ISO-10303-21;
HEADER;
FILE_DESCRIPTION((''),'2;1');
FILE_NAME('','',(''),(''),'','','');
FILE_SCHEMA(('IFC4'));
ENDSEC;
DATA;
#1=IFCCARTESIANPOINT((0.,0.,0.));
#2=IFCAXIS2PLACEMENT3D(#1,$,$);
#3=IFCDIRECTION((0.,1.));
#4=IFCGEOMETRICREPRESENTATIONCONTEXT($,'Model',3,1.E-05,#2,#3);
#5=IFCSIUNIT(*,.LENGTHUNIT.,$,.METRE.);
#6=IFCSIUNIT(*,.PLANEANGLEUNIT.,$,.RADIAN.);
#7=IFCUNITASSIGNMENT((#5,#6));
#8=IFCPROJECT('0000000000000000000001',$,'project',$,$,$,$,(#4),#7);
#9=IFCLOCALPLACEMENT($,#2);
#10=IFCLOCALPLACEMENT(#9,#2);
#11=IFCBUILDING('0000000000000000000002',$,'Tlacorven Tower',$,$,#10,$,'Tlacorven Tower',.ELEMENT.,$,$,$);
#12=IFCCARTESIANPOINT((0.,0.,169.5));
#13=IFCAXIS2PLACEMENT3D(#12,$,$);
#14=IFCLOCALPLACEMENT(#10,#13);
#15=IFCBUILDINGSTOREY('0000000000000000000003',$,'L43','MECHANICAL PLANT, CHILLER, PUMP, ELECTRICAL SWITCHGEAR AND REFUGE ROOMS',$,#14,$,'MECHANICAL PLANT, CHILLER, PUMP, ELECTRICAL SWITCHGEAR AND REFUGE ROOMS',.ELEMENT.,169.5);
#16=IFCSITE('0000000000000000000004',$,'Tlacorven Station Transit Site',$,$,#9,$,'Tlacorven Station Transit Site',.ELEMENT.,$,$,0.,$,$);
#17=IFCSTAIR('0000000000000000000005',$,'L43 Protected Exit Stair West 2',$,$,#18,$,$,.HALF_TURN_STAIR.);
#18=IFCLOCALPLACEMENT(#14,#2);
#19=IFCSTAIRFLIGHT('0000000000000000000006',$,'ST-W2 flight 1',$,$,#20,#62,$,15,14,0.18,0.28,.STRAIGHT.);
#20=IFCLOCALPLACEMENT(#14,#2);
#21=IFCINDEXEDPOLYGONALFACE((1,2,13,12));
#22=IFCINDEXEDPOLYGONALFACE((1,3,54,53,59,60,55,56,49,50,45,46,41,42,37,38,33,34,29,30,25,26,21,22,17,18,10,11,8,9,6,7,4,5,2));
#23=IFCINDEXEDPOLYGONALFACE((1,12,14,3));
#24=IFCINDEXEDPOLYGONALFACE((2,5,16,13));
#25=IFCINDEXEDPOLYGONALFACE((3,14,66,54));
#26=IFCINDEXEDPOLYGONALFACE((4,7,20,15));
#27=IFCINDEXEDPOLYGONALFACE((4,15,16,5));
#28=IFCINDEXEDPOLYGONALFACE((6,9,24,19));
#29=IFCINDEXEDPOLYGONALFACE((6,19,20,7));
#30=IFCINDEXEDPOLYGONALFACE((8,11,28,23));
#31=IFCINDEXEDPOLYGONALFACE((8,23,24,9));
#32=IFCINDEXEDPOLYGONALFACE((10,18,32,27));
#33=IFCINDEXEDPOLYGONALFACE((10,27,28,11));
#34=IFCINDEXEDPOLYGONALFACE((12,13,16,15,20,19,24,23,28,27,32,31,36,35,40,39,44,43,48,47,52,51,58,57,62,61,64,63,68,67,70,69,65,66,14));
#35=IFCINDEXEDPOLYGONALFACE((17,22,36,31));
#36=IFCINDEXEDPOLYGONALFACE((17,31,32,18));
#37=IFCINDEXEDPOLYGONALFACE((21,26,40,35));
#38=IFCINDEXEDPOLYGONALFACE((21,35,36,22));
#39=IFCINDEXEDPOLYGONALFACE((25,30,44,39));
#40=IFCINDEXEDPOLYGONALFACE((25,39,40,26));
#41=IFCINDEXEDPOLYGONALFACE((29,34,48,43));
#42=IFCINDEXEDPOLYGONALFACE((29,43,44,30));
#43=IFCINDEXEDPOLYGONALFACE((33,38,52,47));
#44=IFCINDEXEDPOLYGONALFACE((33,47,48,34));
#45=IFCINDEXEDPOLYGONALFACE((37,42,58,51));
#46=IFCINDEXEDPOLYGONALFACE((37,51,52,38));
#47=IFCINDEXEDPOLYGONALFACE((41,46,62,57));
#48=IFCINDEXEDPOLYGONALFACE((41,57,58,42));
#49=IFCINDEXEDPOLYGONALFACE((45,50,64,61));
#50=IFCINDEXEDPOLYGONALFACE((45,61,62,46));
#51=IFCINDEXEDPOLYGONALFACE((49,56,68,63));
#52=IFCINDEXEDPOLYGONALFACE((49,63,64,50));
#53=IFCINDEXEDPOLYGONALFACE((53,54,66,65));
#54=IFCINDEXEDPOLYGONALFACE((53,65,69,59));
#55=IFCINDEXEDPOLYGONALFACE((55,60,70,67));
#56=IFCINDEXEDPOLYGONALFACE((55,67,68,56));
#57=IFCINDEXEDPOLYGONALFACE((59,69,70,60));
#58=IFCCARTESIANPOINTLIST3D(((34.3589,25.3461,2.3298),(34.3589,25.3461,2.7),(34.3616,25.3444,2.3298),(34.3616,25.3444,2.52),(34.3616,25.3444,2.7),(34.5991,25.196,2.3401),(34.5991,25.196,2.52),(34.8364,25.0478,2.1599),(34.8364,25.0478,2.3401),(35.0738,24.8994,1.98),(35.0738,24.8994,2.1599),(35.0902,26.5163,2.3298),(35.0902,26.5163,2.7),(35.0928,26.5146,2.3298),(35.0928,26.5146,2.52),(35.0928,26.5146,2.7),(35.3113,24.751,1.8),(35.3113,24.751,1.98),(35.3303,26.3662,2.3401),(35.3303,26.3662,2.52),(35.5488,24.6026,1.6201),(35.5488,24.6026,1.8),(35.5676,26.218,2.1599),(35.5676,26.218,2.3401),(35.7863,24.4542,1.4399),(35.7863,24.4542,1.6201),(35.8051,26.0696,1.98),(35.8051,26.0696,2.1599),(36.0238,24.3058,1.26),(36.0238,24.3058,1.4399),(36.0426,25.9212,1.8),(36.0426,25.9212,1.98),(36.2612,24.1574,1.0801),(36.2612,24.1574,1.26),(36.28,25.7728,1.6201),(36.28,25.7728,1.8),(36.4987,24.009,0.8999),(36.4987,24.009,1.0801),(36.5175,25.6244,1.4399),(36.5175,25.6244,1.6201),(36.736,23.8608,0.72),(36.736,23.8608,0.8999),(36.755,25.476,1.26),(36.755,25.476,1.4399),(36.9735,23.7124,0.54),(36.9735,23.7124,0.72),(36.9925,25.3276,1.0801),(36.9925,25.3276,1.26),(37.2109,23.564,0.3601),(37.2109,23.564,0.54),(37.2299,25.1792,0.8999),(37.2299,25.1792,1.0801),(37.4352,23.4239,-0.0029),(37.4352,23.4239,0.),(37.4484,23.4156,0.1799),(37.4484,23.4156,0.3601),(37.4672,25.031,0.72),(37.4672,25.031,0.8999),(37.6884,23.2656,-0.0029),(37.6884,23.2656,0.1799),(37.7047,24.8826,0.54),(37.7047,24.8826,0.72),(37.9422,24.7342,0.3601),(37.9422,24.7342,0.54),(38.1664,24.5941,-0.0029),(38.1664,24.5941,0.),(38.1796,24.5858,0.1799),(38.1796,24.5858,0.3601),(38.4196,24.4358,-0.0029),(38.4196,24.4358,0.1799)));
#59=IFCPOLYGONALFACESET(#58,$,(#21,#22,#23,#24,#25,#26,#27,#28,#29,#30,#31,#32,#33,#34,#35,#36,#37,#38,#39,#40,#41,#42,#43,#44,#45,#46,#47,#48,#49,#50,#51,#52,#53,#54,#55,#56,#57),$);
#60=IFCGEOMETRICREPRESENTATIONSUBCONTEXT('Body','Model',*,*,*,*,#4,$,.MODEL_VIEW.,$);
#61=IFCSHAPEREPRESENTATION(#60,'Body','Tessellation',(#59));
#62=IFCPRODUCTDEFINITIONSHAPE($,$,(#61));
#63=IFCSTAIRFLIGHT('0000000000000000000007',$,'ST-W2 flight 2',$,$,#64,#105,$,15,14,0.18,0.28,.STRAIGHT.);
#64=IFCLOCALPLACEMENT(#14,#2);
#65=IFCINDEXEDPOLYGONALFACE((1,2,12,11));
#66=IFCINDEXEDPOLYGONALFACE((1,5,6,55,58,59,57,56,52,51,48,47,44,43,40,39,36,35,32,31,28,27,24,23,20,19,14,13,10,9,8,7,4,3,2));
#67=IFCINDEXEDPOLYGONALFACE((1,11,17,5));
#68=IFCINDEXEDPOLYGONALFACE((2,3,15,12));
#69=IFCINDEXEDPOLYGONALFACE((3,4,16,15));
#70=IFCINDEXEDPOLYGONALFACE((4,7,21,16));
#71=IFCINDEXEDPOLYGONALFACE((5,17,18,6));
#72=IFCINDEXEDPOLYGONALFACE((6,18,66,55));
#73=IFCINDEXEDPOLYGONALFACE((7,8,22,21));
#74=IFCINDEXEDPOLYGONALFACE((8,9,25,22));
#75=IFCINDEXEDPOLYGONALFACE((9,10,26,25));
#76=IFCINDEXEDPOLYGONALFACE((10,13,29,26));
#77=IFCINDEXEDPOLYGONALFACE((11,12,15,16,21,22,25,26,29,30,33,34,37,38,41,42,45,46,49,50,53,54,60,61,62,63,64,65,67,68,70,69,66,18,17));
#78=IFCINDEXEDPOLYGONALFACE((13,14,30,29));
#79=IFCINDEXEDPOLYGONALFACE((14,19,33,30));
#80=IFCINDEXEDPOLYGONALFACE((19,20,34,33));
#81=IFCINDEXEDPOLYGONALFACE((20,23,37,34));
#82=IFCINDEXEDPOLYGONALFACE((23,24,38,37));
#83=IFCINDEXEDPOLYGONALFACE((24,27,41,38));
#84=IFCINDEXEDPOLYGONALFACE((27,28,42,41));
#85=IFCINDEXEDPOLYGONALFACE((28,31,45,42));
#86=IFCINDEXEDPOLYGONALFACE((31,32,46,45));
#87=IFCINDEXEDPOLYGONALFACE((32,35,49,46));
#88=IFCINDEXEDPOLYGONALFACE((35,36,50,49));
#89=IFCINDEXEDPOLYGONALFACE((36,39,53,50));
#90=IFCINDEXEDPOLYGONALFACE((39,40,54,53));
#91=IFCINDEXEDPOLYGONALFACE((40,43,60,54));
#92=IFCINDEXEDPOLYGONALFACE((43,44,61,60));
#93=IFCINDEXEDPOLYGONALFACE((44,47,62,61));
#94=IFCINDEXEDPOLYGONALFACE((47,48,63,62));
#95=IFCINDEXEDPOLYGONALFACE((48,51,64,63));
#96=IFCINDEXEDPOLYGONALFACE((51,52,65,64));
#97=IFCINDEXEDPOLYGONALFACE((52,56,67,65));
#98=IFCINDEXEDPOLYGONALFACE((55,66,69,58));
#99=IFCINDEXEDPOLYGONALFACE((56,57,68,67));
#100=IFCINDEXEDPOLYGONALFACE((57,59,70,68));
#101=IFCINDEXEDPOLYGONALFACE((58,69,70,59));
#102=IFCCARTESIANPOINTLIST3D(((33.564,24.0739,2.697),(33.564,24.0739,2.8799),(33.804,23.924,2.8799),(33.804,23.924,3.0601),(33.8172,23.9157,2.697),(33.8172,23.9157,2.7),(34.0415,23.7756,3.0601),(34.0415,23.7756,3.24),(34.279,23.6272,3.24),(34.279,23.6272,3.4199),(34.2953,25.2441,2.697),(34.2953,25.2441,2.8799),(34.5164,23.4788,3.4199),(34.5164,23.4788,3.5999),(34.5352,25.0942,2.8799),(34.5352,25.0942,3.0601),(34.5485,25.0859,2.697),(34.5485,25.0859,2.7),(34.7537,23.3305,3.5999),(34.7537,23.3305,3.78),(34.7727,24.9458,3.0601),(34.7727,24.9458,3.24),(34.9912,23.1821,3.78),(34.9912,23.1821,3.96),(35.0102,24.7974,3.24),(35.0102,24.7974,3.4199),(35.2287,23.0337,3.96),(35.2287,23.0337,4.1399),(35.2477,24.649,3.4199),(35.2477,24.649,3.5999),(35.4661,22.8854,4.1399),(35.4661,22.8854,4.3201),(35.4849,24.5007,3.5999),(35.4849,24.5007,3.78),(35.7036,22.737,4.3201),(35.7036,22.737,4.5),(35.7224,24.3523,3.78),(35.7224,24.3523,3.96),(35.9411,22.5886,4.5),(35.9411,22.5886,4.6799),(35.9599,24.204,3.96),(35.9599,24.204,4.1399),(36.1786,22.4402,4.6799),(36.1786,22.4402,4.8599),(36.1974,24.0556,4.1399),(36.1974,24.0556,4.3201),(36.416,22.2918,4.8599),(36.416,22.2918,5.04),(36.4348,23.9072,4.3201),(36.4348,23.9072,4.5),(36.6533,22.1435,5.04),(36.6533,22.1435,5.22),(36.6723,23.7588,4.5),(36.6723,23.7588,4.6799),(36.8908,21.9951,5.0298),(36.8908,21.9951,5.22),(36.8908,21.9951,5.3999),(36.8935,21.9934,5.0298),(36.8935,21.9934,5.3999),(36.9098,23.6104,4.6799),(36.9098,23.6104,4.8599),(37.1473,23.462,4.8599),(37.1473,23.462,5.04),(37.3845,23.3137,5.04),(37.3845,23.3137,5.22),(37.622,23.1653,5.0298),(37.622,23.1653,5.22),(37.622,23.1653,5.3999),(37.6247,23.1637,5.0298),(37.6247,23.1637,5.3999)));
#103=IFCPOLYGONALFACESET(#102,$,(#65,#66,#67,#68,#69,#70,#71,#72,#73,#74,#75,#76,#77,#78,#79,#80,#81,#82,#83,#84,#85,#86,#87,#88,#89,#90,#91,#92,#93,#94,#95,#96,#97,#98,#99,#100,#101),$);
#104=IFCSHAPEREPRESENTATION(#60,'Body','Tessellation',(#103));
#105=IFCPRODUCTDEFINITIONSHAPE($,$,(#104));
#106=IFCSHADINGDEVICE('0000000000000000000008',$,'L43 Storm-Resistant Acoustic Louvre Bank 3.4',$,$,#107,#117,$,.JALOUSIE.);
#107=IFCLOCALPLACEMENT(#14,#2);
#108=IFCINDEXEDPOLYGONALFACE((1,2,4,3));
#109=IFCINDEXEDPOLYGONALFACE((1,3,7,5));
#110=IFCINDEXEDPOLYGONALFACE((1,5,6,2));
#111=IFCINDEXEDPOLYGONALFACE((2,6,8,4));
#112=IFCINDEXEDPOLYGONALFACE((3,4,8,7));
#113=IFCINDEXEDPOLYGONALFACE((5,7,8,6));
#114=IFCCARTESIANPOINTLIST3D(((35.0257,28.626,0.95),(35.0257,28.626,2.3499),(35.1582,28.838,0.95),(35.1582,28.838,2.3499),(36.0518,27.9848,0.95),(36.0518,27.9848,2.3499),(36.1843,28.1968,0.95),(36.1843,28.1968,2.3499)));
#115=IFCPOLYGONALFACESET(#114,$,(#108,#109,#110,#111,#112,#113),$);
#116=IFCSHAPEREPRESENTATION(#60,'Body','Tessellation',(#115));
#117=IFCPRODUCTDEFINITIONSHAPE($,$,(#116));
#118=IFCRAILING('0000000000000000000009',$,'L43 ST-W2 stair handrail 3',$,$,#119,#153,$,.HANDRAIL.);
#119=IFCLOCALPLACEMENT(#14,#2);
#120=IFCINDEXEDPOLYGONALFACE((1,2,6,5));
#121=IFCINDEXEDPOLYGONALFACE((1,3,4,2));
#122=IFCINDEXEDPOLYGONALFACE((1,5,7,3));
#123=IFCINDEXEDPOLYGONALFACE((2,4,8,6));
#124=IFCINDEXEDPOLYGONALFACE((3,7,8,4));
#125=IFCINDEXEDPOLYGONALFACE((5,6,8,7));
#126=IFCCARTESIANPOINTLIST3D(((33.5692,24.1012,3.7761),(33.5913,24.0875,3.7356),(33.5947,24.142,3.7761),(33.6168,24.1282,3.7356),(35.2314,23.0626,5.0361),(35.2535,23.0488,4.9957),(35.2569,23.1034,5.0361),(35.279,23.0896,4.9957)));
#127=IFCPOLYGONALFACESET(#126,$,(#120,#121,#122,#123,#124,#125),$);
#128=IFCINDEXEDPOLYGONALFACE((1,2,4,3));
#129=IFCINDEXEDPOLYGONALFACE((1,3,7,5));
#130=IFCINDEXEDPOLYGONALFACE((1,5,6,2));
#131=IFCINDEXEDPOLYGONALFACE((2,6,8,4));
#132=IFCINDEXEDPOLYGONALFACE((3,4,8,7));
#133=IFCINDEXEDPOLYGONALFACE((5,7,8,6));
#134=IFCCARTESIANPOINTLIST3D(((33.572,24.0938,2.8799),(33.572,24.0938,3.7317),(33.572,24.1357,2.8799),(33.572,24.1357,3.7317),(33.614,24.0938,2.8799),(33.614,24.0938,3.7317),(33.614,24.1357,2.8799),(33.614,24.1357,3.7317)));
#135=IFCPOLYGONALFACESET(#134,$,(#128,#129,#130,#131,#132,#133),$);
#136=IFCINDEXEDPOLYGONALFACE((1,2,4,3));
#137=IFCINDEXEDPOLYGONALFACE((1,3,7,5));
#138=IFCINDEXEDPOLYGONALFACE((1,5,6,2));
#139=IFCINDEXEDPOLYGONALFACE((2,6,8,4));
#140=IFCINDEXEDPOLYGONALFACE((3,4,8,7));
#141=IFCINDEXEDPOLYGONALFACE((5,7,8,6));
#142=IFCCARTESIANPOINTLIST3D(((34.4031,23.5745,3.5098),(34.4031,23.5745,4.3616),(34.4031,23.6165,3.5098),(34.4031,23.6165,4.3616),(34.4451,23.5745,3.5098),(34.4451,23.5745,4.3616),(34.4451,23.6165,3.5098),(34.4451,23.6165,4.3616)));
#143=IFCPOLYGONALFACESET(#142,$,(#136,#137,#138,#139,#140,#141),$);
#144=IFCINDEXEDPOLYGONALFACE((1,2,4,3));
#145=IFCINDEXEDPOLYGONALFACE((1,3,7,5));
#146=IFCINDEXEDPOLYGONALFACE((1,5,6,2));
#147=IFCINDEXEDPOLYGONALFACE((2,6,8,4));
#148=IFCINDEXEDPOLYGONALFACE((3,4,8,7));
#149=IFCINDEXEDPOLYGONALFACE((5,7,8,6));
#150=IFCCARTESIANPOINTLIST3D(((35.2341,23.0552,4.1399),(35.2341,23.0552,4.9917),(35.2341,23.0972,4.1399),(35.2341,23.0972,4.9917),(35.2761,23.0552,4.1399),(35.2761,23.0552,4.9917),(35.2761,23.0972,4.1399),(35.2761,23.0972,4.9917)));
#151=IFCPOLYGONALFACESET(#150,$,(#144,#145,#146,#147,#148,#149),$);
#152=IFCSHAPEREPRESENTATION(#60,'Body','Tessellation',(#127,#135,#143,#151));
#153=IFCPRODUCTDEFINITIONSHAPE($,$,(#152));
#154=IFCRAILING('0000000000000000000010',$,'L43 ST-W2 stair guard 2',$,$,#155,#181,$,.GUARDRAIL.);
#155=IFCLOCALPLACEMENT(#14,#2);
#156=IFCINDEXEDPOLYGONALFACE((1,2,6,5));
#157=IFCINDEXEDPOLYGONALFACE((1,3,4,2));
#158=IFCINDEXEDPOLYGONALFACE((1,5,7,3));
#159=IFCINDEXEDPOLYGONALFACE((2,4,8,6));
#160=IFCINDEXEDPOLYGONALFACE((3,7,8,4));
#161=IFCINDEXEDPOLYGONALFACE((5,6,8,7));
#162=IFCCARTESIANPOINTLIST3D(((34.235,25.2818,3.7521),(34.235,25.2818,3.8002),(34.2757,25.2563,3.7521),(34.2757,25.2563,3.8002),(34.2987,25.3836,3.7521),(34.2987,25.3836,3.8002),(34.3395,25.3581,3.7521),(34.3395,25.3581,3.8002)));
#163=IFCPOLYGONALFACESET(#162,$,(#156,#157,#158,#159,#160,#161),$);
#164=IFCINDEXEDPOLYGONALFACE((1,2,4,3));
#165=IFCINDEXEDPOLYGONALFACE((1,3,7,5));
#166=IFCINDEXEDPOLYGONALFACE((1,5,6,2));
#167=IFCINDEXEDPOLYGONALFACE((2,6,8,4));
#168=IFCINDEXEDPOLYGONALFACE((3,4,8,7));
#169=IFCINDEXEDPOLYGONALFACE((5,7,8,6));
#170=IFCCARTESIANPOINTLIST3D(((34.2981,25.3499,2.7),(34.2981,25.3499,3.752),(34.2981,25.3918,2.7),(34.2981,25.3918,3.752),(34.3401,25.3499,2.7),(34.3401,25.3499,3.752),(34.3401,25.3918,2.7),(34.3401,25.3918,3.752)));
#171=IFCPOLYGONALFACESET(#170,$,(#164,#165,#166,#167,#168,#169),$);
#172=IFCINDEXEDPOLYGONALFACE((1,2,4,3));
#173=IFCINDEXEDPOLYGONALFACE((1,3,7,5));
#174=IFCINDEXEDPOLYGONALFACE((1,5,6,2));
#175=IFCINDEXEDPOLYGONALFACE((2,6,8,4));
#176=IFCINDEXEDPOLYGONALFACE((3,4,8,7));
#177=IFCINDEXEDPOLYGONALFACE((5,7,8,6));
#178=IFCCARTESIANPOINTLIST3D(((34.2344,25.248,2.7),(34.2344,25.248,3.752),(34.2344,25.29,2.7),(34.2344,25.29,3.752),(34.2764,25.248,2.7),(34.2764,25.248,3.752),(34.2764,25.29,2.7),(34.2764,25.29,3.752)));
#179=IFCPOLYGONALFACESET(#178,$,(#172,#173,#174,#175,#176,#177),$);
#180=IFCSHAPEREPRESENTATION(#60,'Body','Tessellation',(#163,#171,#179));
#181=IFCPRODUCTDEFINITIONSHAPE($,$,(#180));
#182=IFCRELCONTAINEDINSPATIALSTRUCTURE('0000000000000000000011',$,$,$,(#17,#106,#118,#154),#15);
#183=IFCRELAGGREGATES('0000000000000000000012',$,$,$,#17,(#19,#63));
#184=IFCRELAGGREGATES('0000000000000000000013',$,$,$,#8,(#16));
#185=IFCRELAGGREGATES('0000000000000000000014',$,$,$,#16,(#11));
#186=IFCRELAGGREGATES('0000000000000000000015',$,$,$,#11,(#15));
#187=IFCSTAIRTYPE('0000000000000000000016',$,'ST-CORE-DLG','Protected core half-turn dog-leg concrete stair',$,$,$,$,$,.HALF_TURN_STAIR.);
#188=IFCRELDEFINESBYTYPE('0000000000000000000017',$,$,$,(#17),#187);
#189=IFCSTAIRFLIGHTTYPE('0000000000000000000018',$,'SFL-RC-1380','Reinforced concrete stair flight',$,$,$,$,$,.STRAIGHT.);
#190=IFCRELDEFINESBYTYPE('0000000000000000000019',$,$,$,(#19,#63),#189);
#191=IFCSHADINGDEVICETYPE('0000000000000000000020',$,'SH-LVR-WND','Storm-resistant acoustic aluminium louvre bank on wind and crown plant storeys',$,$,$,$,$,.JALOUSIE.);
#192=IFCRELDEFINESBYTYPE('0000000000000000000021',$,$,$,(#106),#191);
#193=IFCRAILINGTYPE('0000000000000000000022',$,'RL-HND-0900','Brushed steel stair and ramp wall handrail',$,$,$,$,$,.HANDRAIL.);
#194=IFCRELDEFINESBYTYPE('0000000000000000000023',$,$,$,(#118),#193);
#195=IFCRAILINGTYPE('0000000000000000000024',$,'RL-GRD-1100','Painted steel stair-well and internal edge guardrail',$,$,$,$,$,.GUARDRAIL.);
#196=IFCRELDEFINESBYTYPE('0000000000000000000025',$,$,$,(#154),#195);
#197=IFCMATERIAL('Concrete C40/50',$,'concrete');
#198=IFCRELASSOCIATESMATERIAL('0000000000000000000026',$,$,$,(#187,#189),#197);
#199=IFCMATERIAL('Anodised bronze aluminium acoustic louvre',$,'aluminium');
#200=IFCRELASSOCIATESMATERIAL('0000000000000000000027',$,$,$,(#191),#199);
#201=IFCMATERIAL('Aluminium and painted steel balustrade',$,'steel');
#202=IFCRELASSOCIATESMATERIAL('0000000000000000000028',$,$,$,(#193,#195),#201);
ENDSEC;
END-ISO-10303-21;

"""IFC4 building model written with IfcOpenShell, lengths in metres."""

from ifc_helpers import new_model, si_unit, direction, frame, origin, origin_2d, place, context, subcontext, project, spatial, polyline, rectangle, outline, extrude, source, transform, mapped, material, type_object, element, aggregate, save


model = new_model("IFC4")

# Units and contexts
model_context = context("Model", 3, precision=1e-05, world=origin(), true_north=direction((0.0, 1.0)))
body_context = subcontext(model_context, "Body", "Model", "MODEL_VIEW")
ifc_project = project(units=[si_unit("LENGTHUNIT", "METRE"), si_unit("PLANEANGLEUNIT", "RADIAN")], contexts=[model_context])

# Site, building, storey
site_placement = place(None, origin())
site = spatial("IfcSite", under=ifc_project, at=site_placement, Name="Tlacorven Station Transit Site", LongName="Tlacorven Station Transit Site", CompositionType="ELEMENT", RefElevation=0.0)
building_placement = place(site_placement, origin())
building = spatial("IfcBuilding", under=site, at=building_placement, Name="Tlacorven Tower", LongName="Tlacorven Tower", CompositionType="ELEMENT")
storey_placement = place(building_placement, frame((0.0, 0.0, 169.5)))
storey = spatial("IfcBuildingStorey", under=building, at=storey_placement, Name="L43", Description="MECHANICAL PLANT, CHILLER, PUMP, ELECTRICAL SWITCHGEAR AND REFUGE ROOMS", LongName="MECHANICAL PLANT, CHILLER, PUMP, ELECTRICAL SWITCHGEAR AND REFUGE ROOMS", CompositionType="ELEMENT", Elevation=169.5)

# Shared definitions
ifc_material_1 = material(Name="Concrete C40/50", Category="concrete")

# Stair, stair flights
stair_type = type_object("IfcStairType", Name="ST-CORE-DLG", Description="Protected core half-turn dog-leg concrete stair", PredefinedType="HALF_TURN_STAIR", material=ifc_material_1)
stair_placement = place(storey_placement, origin())
stair = element("IfcStair", 1, at=stair_placement, inside=storey, type_object=stair_type, Name="L43 Protected Exit Stair West 2", PredefinedType="HALF_TURN_STAIR")
stair_flight_type = type_object("IfcStairFlightType", Name="SFL-RC-1380", Description="Reinforced concrete stair flight", PredefinedType="STRAIGHT", material=ifc_material_1)
shared_shape_1 = source(origin(), body_context, "Body", "SweptSolid", [
    extrude(outline(polyline([(-0.0029, -0.0029), (-0.0029, 0.1799), (0.28, 0.1799), (0.28, 0.3601), (0.5601, 0.3601), (0.5601, 0.54), (0.8401, 0.54), (0.8401, 0.72), (1.1201, 0.72), (1.1201, 0.8999), (1.3999, 0.8999), (1.3999, 1.0801), (1.6799, 1.0801), (1.6799, 1.26), (1.96, 1.26), (1.96, 1.4399), (2.24, 1.4399), (2.24, 1.6201), (2.52, 1.6201), (2.52, 1.8), (2.8, 1.8), (2.8, 1.98), (3.0801, 1.98), (3.0801, 2.1599), (3.3601, 2.1599), (3.3601, 2.3401), (3.6399, 2.3401), (3.6399, 2.52), (3.9199, 2.52), (3.9199, 2.7), (3.9231, 2.7), (3.9231, 2.3298), (3.9199, 2.3298), (0.2957, 0.0), (0.2957, -0.0029), (-0.0029, -0.0029)])), frame((0.0, 0.6899, 0.0), z_axis=(0.0, -1.0, 0.0), x_axis=(1.0, 0.0, 0.0)), (0.0, 0.0, 1.0), 1.3799),
])
stair_flight_1_placement = place(storey_placement, frame((38.0515, 23.8523, 0.0), z_axis=(0.0, 0.0, 1.0), x_axis=(-0.848048, 0.529919, 0.0)))
stair_flight_1 = element("IfcStairFlight", 2, at=stair_flight_1_placement, type_object=stair_flight_type, Name="ST-W2 flight 1", NumberOfRisers=15, NumberOfTreads=14, PredefinedType="STRAIGHT", RiserHeight=0.18, TreadLength=0.28, context=body_context, shape_type="MappedRepresentation", body=[
    mapped(shared_shape_1, transform((0.0, 0.0, 0.0), scale=1.0)),
])
stair_flight_2_placement = place(storey_placement, frame((33.9321, 24.6575, 2.7), z_axis=(0.0, 0.0, 1.0), x_axis=(0.848048, -0.529919, 0.0)))
stair_flight_2 = element("IfcStairFlight", 3, at=stair_flight_2_placement, type_object=stair_flight_type, Name="ST-W2 flight 2", NumberOfRisers=15, NumberOfTreads=14, PredefinedType="STRAIGHT", RiserHeight=0.18, TreadLength=0.28, context=body_context, shape_type="MappedRepresentation", body=[
    mapped(shared_shape_1, transform((0.0, 0.0, 0.0), scale=1.0)),
])
aggregate(stair, [stair_flight_1, stair_flight_2])

# Shading device
ifc_material_2 = material(Name="Anodised bronze aluminium acoustic louvre", Category="aluminium")
shading_device_type = type_object("IfcShadingDeviceType", Name="SH-LVR-WND", Description="Storm-resistant acoustic aluminium louvre bank on wind and crown plant storeys", PredefinedType="JALOUSIE", material=ifc_material_2)
shared_shape_2 = source(origin(), body_context, "Body", "SweptSolid", [
    extrude(rectangle(XDim=1.21, YDim=0.25, at=origin_2d()), origin(), (0.0, 0.0, 1.0), 1.3999),
])
shading_device_placement = place(storey_placement, frame((35.605, 28.4114, 0.95), z_axis=(0.0, 0.0, 1.0), x_axis=(0.848048, -0.529919, 0.0)))
element("IfcShadingDevice", 4, at=shading_device_placement, inside=storey, type_object=shading_device_type, Name="L43 Storm-Resistant Acoustic Louvre Bank 3.4", PredefinedType="JALOUSIE", context=body_context, shape_type="MappedRepresentation", body=[
    mapped(shared_shape_2, transform((0.0, 0.0, 0.0), scale=1.0)),
])

# Railings
ifc_material_3 = material(Name="Aluminium and painted steel balustrade", Category="steel")
railing_type_1 = type_object("IfcRailingType", Name="RL-HND-0900", Description="Brushed steel stair and ramp wall handrail", PredefinedType="HANDRAIL", material=ifc_material_3)
shared_shape_3 = source(origin(), body_context, "Body", "SweptSolid", [
    extrude(rectangle(XDim=0.0481, YDim=0.0481, at=origin_2d()), frame((0.0, 0.0, 0.876), z_axis=(0.713354, -0.445741, 0.540778), x_axis=(0.529909, 0.848054, 0.0)), (0.0, 0.0, 1.0), 2.3301),
    extrude(rectangle(XDim=0.042, YDim=0.042, at=origin_2d()), origin(), (0.0, 0.0, 1.0), 0.8518),
    extrude(rectangle(XDim=0.042, YDim=0.042, at=origin_2d()), frame((0.8311, -0.5193, 0.6299)), (0.0, 0.0, 1.0), 0.8518),
    extrude(rectangle(XDim=0.042, YDim=0.042, at=origin_2d()), frame((1.6621, -1.0386, 1.26)), (0.0, 0.0, 1.0), 0.8518),
])
railing_1_placement = place(storey_placement, frame((33.593, 24.1147, 2.8799)))
element("IfcRailing", 5, at=railing_1_placement, inside=storey, type_object=railing_type_1, Name="L43 ST-W2 stair handrail 3", PredefinedType="HANDRAIL", context=body_context, shape_type="MappedRepresentation", body=[
    mapped(shared_shape_3, transform((0.0, 0.0, 0.0), scale=1.0)),
])
railing_type_2 = type_object("IfcRailingType", Name="RL-GRD-1100", Description="Painted steel stair-well and internal edge guardrail", PredefinedType="GUARDRAIL", material=ifc_material_3)
shared_shape_4 = source(origin(), body_context, "Body", "SweptSolid", [
    extrude(rectangle(XDim=0.0481, YDim=0.0481, at=origin_2d()), frame((0.0, 0.0, 1.0762), z_axis=(-0.530547, -0.847656, 0.0), x_axis=(0.847656, -0.530547, 0.0)), (0.0, 0.0, 1.0), 0.1201),
    extrude(rectangle(XDim=0.042, YDim=0.042, at=origin_2d()), origin(), (0.0, 0.0, 1.0), 1.052),
    extrude(rectangle(XDim=0.042, YDim=0.042, at=origin_2d()), frame((-0.0637, -0.1018, 0.0)), (0.0, 0.0, 1.0), 1.052),
])
for number, where, name in (
    (6, (34.3191, 25.3708, 2.7), "L43 ST-W2 stair guard 2"),
):
    element("IfcRailing", number, at=place(storey_placement, frame(where)), inside=storey, type_object=railing_type_2, Name=name, PredefinedType="GUARDRAIL", context=body_context, shape_type="MappedRepresentation", body=[
        mapped(shared_shape_4, transform((0.0, 0.0, 0.0), scale=1.0)),
    ])

save(model, "model.ifc")
